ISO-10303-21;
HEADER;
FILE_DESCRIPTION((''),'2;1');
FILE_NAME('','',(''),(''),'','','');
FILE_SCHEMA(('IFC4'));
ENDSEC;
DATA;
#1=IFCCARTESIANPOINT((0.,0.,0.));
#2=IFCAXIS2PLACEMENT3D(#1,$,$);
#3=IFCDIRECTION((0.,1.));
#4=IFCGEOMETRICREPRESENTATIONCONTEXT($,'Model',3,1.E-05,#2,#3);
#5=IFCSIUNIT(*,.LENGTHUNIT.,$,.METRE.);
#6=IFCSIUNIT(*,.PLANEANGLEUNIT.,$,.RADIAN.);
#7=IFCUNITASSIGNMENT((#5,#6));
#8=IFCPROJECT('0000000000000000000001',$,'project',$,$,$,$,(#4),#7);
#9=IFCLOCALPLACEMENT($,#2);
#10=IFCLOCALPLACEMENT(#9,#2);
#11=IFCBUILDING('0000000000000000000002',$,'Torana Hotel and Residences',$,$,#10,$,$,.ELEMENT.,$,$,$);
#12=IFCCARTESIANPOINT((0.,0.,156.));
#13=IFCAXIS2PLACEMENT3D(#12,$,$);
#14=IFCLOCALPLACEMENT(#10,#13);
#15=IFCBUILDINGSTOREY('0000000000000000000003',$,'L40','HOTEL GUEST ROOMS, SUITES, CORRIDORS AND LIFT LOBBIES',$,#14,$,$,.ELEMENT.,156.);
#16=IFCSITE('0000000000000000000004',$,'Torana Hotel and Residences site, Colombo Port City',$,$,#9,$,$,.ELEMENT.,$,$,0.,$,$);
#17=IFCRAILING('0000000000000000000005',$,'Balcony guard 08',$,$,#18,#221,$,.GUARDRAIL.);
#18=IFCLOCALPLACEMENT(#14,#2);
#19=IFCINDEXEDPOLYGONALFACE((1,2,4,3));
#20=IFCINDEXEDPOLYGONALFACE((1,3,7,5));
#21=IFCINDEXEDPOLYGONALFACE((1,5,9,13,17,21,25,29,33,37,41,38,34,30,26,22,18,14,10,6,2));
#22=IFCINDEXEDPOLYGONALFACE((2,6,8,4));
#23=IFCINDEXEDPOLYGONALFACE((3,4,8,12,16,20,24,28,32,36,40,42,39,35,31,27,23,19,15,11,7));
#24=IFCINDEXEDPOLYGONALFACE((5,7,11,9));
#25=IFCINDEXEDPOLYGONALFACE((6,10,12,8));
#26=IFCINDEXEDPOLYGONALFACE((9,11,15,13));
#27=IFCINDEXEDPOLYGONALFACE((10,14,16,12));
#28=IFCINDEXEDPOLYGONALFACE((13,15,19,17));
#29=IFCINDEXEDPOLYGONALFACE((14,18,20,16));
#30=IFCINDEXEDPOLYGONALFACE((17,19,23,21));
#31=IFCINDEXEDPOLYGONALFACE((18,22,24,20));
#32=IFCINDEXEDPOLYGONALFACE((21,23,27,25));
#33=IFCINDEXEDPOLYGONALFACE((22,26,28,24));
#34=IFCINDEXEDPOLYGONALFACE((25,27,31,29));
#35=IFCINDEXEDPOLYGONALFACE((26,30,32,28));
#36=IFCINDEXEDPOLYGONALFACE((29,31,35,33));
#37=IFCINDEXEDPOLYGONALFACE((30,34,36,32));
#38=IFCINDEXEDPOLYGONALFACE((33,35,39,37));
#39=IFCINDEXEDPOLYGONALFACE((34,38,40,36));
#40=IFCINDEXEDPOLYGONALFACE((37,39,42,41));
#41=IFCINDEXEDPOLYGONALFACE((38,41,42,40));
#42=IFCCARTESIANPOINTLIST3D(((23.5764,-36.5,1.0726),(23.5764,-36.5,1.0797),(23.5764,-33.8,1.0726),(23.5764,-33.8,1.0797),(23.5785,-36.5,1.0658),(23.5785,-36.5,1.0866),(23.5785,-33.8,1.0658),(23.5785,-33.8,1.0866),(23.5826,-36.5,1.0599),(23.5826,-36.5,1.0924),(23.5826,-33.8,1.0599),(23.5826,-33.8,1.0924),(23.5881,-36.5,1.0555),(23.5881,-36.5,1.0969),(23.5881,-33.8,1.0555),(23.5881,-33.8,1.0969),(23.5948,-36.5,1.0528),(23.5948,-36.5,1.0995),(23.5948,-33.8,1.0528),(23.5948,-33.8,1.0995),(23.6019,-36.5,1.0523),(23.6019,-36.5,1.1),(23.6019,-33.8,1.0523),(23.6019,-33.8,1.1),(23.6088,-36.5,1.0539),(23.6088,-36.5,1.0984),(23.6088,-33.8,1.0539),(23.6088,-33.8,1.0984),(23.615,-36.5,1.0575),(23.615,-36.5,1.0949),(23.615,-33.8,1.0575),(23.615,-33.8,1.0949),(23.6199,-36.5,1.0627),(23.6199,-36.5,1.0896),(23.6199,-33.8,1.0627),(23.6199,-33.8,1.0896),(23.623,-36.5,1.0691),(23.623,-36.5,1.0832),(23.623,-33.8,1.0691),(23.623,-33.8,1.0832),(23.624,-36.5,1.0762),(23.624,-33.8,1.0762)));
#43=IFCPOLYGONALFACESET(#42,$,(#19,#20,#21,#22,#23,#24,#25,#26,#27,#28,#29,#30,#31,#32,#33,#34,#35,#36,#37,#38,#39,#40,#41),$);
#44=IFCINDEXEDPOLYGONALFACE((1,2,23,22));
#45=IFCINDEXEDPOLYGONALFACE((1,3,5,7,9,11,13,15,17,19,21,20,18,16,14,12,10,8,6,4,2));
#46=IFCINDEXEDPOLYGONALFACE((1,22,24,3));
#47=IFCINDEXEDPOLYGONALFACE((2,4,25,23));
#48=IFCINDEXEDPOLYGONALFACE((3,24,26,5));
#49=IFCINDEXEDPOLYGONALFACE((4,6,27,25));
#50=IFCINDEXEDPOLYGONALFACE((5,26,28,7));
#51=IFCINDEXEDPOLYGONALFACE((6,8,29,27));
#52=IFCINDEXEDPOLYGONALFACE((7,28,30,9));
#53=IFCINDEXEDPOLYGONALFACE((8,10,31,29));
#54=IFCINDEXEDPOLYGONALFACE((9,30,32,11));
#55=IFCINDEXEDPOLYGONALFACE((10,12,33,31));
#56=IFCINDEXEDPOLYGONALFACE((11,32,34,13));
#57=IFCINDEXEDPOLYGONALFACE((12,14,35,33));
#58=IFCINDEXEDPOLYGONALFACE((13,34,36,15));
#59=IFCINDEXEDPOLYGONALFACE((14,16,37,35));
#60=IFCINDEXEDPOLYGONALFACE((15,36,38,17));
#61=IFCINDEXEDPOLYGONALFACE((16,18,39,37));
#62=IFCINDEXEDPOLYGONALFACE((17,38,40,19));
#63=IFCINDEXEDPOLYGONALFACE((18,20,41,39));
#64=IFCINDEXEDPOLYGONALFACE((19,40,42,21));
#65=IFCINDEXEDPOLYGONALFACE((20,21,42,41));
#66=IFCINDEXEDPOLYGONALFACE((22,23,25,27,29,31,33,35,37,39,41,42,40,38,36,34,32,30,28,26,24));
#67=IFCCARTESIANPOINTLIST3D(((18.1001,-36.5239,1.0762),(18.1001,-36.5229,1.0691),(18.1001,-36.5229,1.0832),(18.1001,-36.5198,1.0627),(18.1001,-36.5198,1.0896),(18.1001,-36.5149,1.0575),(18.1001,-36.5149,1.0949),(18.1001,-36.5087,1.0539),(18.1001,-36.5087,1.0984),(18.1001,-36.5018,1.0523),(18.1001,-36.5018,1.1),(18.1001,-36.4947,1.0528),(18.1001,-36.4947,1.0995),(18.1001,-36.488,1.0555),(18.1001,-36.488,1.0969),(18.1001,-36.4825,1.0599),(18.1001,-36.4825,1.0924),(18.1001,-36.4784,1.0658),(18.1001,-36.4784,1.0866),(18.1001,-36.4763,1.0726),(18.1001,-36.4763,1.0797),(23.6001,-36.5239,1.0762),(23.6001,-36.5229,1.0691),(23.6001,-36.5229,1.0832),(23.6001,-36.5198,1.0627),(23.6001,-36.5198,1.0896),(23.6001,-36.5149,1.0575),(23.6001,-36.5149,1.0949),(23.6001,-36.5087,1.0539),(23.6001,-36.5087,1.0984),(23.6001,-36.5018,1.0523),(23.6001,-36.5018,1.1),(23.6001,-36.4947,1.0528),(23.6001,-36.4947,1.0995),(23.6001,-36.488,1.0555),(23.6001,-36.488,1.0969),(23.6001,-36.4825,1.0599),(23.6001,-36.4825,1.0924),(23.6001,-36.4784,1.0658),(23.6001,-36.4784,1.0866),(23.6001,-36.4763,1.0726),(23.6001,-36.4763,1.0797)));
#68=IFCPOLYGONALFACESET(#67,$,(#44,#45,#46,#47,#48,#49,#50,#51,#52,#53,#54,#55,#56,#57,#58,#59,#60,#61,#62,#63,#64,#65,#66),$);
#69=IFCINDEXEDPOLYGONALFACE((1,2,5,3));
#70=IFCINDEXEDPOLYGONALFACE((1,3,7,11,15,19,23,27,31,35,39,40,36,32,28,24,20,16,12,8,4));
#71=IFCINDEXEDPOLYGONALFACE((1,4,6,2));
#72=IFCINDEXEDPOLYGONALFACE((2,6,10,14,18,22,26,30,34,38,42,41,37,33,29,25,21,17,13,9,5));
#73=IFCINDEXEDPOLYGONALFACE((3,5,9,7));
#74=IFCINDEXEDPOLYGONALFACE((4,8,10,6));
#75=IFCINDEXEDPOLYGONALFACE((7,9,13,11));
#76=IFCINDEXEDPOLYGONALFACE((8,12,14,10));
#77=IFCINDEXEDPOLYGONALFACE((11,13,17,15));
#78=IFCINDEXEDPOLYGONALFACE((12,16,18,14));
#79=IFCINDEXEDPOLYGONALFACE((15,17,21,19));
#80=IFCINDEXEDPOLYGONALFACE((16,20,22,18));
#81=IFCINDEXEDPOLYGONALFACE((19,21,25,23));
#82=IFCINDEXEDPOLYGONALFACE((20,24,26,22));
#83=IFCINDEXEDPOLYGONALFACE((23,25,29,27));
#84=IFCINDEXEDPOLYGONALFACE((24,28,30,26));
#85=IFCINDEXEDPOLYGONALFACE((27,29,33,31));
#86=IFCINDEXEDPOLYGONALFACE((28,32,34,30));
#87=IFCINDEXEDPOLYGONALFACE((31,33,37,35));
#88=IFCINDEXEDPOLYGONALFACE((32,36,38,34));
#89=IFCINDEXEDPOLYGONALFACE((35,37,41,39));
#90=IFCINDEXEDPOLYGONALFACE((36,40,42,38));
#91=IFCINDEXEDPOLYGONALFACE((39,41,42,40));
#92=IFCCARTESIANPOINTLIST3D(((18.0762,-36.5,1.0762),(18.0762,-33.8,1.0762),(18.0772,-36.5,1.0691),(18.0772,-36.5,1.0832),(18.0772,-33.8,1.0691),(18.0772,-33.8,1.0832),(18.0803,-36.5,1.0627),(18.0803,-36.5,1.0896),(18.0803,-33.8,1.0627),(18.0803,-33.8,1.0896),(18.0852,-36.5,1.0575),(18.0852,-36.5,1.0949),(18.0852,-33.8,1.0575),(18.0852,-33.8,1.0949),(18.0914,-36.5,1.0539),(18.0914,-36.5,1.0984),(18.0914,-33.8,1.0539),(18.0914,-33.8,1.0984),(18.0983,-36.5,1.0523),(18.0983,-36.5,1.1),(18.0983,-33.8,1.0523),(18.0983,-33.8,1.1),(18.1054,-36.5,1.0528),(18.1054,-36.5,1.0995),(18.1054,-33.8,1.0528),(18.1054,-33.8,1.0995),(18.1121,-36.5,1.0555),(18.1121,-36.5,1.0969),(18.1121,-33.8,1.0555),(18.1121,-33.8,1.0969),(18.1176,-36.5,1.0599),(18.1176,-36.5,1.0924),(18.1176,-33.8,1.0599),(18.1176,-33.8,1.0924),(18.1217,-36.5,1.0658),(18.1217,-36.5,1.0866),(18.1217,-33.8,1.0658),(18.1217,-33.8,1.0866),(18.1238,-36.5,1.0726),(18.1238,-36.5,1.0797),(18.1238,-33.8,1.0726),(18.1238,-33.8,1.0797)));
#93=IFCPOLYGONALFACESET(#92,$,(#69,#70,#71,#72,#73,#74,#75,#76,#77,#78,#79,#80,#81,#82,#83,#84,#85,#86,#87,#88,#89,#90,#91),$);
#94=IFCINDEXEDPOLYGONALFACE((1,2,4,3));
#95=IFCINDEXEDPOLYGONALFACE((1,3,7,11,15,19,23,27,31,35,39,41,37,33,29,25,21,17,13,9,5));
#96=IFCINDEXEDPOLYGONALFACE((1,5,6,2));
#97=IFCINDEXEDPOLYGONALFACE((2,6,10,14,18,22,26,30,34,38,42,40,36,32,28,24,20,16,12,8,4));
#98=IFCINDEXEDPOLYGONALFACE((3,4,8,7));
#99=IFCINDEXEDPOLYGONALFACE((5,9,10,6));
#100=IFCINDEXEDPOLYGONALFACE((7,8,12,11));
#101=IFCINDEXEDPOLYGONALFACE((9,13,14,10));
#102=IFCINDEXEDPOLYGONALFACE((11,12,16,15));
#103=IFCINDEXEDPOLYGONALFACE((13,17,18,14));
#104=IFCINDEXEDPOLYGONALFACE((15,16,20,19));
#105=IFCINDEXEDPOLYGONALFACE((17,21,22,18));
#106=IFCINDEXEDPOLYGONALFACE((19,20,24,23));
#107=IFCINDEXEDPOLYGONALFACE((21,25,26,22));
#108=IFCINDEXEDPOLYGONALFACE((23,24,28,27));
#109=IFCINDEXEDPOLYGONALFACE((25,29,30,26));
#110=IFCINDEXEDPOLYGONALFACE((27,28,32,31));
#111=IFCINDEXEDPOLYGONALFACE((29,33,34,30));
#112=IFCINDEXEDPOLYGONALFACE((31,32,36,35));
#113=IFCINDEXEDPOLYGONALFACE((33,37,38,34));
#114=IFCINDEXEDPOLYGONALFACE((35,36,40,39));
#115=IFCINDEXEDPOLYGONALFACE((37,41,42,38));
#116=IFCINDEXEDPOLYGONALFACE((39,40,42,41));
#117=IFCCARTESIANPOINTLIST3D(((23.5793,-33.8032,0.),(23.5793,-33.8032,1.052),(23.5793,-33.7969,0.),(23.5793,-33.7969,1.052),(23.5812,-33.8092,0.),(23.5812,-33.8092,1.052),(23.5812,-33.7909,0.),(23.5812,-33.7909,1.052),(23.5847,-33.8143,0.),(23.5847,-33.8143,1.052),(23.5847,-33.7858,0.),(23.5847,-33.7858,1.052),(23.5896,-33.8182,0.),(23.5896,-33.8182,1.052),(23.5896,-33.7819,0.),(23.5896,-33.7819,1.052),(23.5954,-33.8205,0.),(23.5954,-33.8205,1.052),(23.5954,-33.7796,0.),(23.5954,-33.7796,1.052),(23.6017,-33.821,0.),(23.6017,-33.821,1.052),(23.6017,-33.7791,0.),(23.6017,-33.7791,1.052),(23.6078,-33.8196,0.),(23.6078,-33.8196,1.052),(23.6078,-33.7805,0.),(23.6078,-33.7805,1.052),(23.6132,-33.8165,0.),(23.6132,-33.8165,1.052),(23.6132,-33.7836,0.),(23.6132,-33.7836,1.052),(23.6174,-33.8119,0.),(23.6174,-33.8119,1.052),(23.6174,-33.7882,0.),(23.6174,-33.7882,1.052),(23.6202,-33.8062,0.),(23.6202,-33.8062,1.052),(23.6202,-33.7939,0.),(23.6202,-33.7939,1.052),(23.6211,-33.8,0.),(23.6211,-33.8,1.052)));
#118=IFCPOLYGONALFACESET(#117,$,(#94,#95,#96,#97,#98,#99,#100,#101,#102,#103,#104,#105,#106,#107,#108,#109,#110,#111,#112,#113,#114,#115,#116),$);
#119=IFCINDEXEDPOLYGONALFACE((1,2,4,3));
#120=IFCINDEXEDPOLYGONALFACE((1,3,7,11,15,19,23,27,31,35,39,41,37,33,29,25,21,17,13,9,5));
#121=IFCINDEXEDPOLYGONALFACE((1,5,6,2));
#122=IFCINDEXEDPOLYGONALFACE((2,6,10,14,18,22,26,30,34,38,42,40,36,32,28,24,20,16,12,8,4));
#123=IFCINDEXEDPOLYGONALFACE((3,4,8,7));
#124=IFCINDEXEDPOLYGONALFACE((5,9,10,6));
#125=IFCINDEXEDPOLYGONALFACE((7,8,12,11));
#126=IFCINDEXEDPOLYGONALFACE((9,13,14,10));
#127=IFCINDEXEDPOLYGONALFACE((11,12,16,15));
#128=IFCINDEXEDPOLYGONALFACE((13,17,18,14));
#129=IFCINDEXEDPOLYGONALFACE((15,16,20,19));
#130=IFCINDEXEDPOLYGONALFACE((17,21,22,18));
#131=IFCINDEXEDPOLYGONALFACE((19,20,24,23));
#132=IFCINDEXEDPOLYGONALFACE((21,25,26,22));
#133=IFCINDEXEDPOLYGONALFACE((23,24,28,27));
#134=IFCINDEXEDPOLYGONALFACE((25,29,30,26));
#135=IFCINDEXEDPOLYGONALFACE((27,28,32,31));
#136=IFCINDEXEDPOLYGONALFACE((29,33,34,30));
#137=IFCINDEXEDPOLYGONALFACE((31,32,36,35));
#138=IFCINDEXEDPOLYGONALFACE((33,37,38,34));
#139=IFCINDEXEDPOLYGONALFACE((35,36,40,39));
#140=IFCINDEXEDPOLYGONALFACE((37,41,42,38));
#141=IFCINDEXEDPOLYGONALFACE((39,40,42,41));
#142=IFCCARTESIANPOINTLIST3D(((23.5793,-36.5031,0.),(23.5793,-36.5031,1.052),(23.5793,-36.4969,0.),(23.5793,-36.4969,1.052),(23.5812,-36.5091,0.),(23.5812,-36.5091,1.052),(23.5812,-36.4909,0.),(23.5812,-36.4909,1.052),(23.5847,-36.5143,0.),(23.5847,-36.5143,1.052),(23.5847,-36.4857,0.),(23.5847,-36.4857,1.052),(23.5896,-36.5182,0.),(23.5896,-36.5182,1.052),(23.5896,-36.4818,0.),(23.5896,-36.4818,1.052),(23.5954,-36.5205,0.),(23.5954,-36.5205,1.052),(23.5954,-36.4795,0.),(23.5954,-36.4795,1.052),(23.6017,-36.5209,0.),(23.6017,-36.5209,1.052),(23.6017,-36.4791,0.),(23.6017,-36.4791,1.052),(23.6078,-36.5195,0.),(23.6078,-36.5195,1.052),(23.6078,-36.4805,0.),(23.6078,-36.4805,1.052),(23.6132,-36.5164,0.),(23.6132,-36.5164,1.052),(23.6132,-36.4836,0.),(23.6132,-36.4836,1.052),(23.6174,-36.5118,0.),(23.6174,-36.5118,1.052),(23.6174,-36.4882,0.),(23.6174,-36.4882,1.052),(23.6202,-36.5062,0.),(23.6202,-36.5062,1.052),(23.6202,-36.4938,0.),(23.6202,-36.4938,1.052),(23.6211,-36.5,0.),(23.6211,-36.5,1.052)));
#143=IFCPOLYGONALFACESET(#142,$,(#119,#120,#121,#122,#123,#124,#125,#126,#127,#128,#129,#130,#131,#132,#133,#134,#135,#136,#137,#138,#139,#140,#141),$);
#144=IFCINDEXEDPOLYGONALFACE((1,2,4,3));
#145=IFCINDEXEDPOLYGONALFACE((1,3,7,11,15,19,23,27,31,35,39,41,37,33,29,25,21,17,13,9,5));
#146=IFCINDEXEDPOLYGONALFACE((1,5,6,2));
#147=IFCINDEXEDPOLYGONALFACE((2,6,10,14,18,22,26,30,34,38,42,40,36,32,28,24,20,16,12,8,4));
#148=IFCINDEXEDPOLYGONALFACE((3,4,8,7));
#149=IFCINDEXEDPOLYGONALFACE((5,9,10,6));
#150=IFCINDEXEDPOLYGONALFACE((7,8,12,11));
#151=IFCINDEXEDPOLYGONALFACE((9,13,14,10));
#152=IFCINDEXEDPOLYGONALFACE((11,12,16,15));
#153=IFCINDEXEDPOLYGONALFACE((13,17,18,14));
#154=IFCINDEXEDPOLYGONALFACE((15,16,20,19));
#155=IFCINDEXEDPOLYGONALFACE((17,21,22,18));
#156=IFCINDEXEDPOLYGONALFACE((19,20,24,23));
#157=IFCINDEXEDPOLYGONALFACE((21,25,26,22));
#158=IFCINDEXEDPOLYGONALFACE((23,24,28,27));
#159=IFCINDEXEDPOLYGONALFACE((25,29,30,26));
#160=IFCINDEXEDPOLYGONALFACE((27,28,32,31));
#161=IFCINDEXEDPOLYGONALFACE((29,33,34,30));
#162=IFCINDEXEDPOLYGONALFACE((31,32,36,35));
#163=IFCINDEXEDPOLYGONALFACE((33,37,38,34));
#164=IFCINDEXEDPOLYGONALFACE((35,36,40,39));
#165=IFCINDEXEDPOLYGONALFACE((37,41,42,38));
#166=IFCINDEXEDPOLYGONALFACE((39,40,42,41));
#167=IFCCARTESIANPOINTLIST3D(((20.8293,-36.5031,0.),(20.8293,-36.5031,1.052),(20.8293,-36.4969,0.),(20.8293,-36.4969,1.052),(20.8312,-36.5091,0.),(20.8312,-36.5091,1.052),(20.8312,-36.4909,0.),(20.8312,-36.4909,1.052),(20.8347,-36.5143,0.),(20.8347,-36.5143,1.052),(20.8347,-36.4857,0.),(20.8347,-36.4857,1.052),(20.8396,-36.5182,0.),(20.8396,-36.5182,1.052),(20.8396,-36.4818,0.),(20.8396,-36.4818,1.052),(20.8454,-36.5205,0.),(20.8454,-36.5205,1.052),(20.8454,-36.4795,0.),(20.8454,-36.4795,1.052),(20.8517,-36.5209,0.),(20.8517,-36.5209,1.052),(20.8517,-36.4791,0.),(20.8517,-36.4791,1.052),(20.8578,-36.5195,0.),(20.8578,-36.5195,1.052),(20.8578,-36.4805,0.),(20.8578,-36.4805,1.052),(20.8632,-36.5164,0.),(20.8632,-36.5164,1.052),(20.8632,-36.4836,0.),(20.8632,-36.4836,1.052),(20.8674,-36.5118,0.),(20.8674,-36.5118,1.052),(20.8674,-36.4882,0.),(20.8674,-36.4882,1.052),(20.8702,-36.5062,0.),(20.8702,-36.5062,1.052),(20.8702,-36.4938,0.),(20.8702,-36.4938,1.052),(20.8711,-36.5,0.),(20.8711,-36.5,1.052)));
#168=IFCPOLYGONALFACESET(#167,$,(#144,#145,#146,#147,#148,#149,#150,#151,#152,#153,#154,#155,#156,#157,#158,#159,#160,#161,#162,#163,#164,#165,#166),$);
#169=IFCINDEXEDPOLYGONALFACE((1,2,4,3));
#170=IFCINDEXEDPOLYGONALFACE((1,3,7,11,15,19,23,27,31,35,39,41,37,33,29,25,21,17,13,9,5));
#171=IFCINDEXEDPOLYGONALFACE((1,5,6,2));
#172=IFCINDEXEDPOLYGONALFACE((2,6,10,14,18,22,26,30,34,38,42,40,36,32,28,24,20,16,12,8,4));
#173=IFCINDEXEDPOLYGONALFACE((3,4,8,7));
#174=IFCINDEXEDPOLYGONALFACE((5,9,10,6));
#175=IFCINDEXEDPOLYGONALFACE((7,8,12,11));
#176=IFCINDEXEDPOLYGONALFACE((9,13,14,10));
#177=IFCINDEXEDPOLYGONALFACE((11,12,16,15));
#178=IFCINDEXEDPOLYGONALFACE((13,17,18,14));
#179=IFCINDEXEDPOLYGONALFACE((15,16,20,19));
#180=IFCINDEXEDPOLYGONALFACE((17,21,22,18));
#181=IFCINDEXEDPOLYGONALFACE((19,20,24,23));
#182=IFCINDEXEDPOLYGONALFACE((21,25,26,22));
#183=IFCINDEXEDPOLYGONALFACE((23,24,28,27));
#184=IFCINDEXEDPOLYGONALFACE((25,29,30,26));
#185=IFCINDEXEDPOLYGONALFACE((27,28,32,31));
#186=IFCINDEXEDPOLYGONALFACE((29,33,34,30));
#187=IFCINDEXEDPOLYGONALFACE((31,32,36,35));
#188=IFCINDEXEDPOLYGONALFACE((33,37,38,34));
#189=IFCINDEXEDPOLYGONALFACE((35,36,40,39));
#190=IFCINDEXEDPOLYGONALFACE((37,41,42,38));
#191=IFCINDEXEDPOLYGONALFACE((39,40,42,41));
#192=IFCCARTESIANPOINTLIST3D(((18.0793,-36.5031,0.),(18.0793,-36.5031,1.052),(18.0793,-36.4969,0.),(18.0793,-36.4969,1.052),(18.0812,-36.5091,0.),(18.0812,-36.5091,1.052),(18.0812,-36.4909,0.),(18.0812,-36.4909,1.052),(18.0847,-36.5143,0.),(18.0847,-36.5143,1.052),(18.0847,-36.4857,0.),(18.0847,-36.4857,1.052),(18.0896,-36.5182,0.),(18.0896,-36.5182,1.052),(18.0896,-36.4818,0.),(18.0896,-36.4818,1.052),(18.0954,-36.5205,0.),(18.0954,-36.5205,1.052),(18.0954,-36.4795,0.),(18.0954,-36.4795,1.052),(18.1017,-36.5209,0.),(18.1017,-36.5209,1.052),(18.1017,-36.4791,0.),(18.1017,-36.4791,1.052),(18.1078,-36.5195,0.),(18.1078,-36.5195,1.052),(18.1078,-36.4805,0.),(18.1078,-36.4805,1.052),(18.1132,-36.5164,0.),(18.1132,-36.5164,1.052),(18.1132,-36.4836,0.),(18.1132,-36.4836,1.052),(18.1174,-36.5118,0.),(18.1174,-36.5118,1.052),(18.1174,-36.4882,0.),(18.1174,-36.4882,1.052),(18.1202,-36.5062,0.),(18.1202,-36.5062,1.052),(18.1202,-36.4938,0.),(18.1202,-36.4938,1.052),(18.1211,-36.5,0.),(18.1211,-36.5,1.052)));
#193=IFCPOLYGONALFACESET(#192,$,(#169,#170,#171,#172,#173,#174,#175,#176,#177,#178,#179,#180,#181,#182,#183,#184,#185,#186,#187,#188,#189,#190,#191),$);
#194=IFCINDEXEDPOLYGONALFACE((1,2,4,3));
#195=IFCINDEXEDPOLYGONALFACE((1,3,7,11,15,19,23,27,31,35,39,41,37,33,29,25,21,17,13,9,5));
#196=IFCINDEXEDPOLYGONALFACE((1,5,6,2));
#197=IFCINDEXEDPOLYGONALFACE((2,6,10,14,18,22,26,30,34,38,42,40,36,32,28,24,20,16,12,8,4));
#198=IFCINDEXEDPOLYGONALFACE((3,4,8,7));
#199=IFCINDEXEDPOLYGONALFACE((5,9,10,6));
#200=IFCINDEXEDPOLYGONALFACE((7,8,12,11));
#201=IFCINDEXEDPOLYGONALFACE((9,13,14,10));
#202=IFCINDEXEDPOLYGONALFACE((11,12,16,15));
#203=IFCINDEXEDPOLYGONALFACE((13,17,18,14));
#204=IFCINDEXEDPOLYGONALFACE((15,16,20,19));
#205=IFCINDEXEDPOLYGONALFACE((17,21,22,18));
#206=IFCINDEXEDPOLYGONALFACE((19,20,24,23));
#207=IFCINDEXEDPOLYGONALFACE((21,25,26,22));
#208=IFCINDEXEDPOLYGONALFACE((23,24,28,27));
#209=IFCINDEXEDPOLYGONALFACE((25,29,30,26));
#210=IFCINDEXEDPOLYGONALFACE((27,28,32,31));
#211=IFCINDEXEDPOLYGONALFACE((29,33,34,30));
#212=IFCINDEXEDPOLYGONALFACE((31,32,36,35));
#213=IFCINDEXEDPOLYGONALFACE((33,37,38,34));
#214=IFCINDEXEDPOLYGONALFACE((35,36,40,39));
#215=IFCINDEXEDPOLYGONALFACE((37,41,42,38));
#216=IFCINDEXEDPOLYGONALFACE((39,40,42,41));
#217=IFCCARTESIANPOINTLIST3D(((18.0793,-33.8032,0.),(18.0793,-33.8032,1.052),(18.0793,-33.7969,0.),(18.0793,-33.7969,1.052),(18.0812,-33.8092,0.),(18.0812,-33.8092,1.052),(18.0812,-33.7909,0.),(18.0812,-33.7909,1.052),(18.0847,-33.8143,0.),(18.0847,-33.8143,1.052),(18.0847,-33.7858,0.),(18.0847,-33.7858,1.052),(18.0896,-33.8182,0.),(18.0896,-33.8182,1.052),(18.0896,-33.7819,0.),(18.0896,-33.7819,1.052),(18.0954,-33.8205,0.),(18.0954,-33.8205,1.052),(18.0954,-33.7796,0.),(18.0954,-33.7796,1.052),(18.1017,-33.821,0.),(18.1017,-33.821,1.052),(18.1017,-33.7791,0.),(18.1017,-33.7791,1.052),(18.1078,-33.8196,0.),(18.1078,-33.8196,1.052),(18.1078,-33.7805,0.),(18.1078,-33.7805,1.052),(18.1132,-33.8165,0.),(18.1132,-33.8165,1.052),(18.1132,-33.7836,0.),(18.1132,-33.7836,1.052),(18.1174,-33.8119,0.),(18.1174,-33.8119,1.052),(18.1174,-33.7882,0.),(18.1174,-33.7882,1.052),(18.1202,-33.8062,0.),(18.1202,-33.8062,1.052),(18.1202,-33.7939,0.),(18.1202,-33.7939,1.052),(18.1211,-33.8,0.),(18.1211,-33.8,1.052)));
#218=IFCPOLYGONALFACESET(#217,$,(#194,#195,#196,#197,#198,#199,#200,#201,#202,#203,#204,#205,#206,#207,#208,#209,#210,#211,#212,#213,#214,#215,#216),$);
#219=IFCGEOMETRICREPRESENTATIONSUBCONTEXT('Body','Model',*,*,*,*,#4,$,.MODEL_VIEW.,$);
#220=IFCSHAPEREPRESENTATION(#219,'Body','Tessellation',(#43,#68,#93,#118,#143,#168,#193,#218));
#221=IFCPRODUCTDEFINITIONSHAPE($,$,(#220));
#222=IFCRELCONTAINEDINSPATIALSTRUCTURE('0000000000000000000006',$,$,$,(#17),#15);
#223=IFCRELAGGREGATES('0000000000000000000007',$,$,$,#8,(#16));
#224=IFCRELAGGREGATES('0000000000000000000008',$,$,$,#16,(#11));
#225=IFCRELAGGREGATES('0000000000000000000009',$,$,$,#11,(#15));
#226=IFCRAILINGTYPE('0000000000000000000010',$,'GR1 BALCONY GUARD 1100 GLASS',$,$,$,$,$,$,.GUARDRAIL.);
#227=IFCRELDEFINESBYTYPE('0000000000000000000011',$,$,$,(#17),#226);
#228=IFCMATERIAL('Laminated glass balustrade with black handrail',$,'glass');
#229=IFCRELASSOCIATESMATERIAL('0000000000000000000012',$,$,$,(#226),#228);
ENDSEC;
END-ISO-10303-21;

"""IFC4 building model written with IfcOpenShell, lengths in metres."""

from ifc_helpers import new_model, si_unit, direction, frame, origin, origin_2d, place, context, subcontext, project, spatial, circle, extrude, material, type_object, element, save


model = new_model("IFC4")

# Units and contexts
model_context = context("Model", 3, precision=1e-05, world=origin(), true_north=direction((0.0, 1.0)))
body_context = subcontext(model_context, "Body", "Model", "MODEL_VIEW")
ifc_project = project(units=[si_unit("LENGTHUNIT", "METRE"), si_unit("PLANEANGLEUNIT", "RADIAN")], contexts=[model_context])

# Site, building, storey
site_placement = place(None, origin())
site = spatial("IfcSite", under=ifc_project, at=site_placement, Name="Torana Hotel and Residences site, Colombo Port City", CompositionType="ELEMENT", RefElevation=0.0)
building_placement = place(site_placement, origin())
building = spatial("IfcBuilding", under=site, at=building_placement, Name="Torana Hotel and Residences", CompositionType="ELEMENT")
storey_placement = place(building_placement, frame((0.0, 0.0, 156.0)))
storey = spatial("IfcBuildingStorey", under=building, at=storey_placement, Name="L40", Description="HOTEL GUEST ROOMS, SUITES, CORRIDORS AND LIFT LOBBIES", CompositionType="ELEMENT", Elevation=156.0)

# Railing
ifc_material_1 = material(Name="Laminated glass balustrade with black handrail", Category="glass")
railing_type = type_object("IfcRailingType", Name="GR1 BALCONY GUARD 1100 GLASS", PredefinedType="GUARDRAIL", material=ifc_material_1)
railing_1_placement = place(storey_placement, frame((23.6001, -33.8, 0.0)))
element("IfcRailing", 1, at=railing_1_placement, inside=storey, type_object=railing_type, Name="Balcony guard 08", PredefinedType="GUARDRAIL", context=body_context, shape_type="SweptSolid", body=[
    extrude(circle(Radius=0.0239, at=origin_2d()), frame((0.0, 0.0, 1.0762), z_axis=(0.0, -1.0, 0.0), x_axis=(1.0, 0.0, 0.0)), (0.0, 0.0, 1.0), 2.7),
    extrude(circle(Radius=0.0239, at=origin_2d()), frame((0.0, -2.7, 1.0762), z_axis=(-1.0, 0.0, 0.0), x_axis=(0.0, -1.0, 0.0)), (0.0, 0.0, 1.0), 5.5),
    extrude(circle(Radius=0.0239, at=origin_2d()), frame((-5.5, -2.7, 1.0762), z_axis=(0.0, 1.0, 0.0), x_axis=(-1.0, 0.0, 0.0)), (0.0, 0.0, 1.0), 2.7),
    extrude(circle(Radius=0.021, at=origin_2d()), origin(), (0.0, 0.0, 1.0), 1.052),
    extrude(circle(Radius=0.021, at=origin_2d()), frame((0.0, -2.7, 0.0)), (0.0, 0.0, 1.0), 1.052),
    extrude(circle(Radius=0.021, at=origin_2d()), frame((-2.75, -2.7, 0.0)), (0.0, 0.0, 1.0), 1.052),
    extrude(circle(Radius=0.021, at=origin_2d()), frame((-5.5, -2.7, 0.0)), (0.0, 0.0, 1.0), 1.052),
    extrude(circle(Radius=0.021, at=origin_2d()), frame((-5.5, 0.0, 0.0)), (0.0, 0.0, 1.0), 1.052),
])

save(model, "model.ifc")
